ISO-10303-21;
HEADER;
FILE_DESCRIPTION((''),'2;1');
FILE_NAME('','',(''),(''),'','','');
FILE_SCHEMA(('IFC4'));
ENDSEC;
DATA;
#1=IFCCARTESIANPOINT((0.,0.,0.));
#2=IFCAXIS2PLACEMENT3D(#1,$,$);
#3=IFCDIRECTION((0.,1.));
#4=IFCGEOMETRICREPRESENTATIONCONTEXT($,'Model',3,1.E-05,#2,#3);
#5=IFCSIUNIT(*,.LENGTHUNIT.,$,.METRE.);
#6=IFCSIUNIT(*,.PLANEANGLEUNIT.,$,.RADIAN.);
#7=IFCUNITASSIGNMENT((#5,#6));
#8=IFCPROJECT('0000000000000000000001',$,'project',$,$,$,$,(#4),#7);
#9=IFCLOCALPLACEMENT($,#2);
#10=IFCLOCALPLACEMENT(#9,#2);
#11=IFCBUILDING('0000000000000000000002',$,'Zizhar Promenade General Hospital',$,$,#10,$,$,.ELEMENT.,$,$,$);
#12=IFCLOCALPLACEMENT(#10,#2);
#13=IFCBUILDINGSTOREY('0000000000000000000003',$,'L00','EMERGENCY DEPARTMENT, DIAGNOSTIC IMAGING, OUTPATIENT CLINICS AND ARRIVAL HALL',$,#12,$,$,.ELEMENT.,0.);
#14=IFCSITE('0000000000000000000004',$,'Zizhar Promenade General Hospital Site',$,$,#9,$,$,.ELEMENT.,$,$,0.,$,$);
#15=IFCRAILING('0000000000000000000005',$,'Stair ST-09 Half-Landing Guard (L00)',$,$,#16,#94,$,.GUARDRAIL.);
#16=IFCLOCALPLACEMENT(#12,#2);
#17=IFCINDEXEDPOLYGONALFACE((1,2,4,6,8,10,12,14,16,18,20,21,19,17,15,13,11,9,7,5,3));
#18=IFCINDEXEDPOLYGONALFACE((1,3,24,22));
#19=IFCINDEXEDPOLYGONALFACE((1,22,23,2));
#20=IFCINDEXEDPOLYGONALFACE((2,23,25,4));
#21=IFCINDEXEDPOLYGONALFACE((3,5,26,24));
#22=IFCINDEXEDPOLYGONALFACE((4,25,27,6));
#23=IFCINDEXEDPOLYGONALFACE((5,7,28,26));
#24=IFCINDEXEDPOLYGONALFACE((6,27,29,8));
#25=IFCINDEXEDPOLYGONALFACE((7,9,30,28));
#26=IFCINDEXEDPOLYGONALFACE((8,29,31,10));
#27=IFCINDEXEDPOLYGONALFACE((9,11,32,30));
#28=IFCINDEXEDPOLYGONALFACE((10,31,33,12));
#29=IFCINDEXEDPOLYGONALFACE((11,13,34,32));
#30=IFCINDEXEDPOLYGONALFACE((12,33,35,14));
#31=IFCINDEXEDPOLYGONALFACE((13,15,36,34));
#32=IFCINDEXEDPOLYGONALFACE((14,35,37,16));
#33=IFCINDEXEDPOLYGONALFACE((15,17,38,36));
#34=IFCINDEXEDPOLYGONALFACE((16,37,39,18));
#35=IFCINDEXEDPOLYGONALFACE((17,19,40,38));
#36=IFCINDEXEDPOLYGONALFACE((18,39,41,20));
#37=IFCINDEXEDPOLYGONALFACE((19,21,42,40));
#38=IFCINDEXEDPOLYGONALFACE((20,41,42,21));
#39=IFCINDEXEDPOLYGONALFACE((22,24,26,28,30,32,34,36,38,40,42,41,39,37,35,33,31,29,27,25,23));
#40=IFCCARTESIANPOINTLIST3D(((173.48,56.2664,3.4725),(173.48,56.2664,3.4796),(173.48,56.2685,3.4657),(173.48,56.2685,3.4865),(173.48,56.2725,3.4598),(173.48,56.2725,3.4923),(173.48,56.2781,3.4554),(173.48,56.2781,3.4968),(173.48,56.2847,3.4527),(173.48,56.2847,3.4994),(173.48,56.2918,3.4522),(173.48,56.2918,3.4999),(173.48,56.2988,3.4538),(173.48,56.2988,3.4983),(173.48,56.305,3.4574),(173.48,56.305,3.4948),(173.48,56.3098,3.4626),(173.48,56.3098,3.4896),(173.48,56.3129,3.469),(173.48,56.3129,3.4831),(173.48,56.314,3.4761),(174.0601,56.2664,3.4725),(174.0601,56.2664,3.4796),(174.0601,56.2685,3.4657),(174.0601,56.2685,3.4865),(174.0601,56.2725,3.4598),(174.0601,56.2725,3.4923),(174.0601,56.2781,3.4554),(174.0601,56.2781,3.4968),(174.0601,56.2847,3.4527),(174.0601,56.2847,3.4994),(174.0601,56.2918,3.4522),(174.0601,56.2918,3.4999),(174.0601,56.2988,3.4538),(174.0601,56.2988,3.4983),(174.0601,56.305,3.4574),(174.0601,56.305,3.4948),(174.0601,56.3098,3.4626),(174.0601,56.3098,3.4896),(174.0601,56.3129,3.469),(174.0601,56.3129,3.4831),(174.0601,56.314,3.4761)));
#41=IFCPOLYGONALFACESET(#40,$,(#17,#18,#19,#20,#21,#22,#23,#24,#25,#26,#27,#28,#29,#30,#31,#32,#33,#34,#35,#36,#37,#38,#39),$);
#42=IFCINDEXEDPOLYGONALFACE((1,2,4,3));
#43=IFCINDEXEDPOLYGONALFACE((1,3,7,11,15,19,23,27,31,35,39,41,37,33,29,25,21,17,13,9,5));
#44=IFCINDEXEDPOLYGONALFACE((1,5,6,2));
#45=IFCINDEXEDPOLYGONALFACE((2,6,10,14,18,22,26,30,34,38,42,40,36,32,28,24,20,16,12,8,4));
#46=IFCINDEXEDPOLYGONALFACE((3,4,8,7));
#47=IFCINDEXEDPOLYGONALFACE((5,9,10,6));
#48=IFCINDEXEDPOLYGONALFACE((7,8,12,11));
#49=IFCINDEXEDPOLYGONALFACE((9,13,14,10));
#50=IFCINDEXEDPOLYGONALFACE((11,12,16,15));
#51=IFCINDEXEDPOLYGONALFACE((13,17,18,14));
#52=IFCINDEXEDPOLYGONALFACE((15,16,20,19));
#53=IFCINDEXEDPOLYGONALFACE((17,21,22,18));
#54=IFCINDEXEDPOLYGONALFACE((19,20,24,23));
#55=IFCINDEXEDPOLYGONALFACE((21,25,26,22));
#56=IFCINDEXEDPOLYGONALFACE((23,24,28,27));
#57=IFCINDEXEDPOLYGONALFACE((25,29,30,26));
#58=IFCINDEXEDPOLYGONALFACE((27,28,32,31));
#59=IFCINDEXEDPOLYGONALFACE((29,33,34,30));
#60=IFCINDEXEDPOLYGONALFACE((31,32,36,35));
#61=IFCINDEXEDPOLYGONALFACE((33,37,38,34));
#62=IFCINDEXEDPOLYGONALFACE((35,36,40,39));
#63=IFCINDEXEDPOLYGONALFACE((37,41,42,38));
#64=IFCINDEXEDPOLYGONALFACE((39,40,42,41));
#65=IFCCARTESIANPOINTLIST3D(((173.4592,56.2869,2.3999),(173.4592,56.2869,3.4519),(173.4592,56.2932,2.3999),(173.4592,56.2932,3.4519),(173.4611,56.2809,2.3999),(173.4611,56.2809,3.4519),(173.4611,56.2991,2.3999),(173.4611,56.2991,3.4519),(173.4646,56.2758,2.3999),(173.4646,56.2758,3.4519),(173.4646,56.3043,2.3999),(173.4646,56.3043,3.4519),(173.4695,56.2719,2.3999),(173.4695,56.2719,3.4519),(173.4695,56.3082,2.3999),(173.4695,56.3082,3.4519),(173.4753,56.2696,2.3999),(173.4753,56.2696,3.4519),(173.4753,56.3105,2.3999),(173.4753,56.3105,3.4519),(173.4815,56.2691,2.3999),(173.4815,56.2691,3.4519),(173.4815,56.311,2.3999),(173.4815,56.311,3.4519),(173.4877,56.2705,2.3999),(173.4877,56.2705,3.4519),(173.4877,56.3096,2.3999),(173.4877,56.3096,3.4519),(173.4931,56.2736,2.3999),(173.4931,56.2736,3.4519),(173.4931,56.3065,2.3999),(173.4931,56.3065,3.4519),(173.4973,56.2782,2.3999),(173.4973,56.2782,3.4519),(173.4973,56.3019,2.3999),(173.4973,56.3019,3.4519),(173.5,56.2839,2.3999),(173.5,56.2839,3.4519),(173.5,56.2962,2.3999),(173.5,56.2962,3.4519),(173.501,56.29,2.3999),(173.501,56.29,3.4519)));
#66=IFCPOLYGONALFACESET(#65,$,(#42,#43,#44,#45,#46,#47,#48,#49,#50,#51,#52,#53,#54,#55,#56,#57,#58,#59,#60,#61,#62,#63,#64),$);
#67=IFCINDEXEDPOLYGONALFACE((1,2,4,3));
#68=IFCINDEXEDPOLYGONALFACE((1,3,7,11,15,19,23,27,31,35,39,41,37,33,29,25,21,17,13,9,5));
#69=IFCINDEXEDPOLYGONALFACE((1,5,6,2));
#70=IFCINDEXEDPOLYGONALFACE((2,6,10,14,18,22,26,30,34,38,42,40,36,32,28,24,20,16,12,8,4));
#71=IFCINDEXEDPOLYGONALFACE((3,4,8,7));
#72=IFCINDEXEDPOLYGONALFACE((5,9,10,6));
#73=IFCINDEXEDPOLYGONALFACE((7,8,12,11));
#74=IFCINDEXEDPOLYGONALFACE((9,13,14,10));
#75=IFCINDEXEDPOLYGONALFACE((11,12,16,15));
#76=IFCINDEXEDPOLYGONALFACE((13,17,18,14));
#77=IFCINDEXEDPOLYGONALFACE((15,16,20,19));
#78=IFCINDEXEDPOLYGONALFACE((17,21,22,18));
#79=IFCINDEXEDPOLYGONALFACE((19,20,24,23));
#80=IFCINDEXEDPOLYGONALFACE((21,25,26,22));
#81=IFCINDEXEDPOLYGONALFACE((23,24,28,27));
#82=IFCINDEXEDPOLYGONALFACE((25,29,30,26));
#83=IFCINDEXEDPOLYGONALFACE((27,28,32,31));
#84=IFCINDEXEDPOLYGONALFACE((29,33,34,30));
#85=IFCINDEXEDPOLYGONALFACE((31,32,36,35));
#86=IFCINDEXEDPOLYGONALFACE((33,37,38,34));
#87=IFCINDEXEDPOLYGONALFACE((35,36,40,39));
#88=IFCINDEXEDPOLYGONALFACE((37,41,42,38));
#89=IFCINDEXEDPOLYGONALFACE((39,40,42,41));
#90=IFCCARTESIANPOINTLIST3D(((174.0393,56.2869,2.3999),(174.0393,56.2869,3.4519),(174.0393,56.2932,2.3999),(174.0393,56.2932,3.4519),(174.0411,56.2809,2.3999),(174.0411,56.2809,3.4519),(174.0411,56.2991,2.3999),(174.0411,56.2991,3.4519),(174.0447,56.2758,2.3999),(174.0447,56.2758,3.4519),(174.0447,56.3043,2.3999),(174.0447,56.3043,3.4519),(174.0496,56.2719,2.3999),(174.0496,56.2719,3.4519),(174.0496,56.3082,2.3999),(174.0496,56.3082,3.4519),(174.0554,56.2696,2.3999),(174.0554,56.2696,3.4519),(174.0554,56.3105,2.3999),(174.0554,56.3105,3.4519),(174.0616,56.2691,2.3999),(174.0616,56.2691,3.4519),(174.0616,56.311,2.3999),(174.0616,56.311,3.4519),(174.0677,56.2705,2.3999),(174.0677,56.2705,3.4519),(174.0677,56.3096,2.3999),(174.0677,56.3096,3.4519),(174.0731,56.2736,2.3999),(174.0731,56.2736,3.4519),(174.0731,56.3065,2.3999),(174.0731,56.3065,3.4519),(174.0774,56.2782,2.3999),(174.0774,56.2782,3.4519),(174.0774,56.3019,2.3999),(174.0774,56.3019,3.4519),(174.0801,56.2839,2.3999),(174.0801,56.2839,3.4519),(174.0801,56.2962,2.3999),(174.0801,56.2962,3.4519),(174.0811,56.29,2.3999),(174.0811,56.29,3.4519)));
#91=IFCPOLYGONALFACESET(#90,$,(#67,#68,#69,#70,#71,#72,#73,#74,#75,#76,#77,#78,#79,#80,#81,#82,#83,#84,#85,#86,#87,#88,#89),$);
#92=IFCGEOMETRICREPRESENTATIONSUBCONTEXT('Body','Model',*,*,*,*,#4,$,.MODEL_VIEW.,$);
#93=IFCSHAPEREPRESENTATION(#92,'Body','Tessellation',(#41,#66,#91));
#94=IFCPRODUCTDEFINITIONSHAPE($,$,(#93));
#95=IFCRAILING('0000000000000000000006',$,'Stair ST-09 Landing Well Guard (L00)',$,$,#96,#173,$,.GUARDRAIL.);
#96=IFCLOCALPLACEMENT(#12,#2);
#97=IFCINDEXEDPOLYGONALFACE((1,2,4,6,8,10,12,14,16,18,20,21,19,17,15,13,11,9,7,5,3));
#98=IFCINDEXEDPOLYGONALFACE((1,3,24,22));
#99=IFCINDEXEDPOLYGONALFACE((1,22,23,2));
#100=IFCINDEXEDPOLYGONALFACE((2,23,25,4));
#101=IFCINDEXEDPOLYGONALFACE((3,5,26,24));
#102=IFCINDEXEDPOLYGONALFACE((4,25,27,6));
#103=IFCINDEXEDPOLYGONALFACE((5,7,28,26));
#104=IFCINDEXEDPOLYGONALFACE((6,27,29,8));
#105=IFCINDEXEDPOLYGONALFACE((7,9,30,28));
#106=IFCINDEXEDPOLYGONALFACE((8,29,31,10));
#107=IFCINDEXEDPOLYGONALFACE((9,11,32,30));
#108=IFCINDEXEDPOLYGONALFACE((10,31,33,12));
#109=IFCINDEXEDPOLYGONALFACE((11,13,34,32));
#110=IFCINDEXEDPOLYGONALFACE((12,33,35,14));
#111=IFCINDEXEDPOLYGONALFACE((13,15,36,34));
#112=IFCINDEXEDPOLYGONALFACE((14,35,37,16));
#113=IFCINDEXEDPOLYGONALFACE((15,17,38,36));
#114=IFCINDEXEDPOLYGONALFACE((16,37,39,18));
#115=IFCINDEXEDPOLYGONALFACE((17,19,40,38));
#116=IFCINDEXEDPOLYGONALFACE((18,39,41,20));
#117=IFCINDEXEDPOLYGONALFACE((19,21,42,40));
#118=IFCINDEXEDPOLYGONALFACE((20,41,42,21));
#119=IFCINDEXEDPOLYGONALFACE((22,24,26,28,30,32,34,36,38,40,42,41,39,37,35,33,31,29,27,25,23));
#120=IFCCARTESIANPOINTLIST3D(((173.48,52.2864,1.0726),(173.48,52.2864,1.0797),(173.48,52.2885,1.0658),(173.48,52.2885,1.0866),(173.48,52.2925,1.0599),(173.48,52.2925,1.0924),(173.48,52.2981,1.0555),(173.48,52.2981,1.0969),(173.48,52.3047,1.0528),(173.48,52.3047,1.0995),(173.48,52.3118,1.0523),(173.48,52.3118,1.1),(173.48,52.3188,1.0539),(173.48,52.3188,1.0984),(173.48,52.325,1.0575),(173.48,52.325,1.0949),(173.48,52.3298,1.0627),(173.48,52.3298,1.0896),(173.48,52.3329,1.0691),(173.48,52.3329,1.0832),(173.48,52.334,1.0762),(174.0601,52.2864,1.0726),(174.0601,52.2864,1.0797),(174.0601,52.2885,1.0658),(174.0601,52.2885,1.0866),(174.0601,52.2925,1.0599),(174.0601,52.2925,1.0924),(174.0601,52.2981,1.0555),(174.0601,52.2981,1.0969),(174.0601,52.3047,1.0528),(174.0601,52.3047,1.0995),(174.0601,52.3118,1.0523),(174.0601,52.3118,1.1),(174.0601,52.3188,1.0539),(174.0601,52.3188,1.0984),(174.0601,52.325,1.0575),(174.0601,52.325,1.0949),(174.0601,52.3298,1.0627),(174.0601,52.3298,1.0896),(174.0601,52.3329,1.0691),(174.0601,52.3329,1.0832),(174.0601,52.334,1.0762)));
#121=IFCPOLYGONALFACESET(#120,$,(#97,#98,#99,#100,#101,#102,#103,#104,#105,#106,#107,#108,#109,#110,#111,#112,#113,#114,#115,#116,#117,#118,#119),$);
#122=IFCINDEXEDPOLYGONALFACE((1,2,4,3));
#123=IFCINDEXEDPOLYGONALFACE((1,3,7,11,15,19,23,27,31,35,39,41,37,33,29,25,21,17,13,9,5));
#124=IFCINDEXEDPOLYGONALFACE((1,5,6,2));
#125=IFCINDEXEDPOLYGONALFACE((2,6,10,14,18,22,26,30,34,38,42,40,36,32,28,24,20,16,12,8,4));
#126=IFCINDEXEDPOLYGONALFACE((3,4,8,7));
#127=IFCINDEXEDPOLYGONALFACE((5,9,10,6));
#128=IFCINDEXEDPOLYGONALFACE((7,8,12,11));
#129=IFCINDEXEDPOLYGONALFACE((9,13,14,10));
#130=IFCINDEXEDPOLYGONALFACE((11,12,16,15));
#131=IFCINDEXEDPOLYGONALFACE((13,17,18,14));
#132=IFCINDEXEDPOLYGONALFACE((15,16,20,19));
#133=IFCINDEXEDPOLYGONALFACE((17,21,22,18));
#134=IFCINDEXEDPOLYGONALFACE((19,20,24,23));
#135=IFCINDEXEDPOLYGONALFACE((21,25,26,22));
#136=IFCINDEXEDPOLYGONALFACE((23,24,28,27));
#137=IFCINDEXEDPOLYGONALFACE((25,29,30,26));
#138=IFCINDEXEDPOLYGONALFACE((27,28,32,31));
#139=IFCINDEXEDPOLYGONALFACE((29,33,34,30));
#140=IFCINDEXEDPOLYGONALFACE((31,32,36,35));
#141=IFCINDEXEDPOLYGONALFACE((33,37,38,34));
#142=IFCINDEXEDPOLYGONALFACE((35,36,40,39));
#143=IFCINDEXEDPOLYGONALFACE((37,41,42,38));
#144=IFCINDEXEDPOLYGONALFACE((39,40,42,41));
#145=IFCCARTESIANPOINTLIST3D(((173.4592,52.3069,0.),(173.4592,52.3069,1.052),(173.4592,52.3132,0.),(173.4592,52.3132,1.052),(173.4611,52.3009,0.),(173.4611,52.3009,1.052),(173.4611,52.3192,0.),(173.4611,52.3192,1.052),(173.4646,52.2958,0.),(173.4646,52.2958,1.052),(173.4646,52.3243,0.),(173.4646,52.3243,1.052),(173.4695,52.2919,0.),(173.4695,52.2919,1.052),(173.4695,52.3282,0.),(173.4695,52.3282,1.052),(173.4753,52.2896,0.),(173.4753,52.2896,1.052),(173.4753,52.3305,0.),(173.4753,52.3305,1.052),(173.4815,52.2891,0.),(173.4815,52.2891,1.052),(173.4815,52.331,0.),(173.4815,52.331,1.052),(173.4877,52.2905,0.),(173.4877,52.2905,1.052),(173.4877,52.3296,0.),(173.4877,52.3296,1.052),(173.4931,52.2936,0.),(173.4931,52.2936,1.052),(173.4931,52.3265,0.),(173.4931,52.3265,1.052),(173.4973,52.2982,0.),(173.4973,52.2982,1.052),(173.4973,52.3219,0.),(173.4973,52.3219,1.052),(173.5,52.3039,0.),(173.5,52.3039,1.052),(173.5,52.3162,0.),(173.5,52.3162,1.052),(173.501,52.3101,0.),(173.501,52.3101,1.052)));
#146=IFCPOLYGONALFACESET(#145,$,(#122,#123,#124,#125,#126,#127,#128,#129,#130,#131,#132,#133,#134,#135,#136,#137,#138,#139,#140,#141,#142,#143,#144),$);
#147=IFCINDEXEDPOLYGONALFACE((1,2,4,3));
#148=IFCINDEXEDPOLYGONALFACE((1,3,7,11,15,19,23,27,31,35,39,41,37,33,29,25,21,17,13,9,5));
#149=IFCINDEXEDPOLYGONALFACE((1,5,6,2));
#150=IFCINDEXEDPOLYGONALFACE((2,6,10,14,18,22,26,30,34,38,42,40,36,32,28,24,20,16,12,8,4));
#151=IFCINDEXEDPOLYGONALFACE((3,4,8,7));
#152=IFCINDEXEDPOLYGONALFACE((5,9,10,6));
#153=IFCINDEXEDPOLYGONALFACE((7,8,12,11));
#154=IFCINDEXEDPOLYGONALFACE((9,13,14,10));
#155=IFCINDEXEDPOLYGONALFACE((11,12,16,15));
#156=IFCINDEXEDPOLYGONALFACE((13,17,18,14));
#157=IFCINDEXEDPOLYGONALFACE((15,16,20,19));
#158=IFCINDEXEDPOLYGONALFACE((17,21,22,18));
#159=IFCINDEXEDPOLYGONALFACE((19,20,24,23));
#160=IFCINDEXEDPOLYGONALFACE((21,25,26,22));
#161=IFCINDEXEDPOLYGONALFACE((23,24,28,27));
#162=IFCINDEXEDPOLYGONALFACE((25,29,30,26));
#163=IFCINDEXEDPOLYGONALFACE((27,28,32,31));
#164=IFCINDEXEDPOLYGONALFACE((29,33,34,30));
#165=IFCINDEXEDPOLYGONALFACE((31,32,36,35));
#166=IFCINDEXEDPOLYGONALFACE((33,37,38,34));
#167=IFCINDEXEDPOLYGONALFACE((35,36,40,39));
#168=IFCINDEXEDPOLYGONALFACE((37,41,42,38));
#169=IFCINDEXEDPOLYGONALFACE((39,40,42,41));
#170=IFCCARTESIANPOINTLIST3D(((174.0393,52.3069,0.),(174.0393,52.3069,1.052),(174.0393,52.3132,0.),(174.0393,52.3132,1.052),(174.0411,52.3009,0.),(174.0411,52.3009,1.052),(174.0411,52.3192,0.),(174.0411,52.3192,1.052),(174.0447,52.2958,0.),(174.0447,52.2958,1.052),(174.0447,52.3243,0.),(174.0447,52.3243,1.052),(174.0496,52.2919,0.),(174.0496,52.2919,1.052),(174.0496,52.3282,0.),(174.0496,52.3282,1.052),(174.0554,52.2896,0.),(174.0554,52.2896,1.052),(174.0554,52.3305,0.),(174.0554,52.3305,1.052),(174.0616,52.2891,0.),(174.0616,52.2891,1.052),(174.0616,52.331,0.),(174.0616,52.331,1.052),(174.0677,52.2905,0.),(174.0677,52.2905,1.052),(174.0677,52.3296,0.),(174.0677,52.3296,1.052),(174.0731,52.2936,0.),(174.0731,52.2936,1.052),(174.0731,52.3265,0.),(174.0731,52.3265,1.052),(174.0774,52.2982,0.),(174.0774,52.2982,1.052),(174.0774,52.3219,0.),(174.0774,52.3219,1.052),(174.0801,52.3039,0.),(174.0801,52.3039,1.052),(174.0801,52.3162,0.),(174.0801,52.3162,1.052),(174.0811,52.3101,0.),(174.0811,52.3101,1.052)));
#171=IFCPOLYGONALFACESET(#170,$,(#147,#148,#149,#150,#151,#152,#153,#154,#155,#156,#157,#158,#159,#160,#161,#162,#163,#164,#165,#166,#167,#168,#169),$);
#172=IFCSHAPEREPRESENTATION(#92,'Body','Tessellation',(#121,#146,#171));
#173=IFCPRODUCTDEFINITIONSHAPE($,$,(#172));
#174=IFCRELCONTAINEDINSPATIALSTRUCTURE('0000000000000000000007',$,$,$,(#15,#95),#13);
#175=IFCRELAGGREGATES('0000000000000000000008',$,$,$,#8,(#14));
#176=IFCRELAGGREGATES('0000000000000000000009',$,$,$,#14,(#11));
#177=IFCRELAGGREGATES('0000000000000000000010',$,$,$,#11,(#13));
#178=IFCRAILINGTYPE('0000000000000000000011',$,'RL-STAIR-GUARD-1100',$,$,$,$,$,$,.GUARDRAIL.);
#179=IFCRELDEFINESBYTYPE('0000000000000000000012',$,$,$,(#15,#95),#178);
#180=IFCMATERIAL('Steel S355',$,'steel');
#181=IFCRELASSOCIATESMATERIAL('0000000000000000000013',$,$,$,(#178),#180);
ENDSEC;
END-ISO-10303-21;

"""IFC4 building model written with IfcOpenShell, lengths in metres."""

from ifc_helpers import new_model, si_unit, direction, frame, origin, origin_2d, place, context, subcontext, project, spatial, circle, hollow_circle, extrude, material, material_profile, profile_set, type_object, element, save


model = new_model("IFC4")

# Units and contexts
model_context = context("Model", 3, precision=1e-05, world=origin(), true_north=direction((0.0, 1.0)))
body_context = subcontext(model_context, "Body", "Model", "MODEL_VIEW")
ifc_project = project(units=[si_unit("LENGTHUNIT", "METRE"), si_unit("PLANEANGLEUNIT", "RADIAN")], contexts=[model_context])

# Site, building, storey
site_placement = place(None, origin())
site = spatial("IfcSite", under=ifc_project, at=site_placement, Name="Zizhar Promenade General Hospital Site", CompositionType="ELEMENT", RefElevation=0.0)
building_placement = place(site_placement, origin())
building = spatial("IfcBuilding", under=site, at=building_placement, Name="Zizhar Promenade General Hospital", CompositionType="ELEMENT")
storey_placement = place(building_placement, origin())
storey = spatial("IfcBuildingStorey", under=building, at=storey_placement, Name="L00", Description="EMERGENCY DEPARTMENT, DIAGNOSTIC IMAGING, OUTPATIENT CLINICS AND ARRIVAL HALL", CompositionType="ELEMENT", Elevation=0.0)

# Railings
ifc_material_1 = material(Name="Steel S355", Category="steel")
ifc_material_profile_1 = material_profile(ifc_material_1, hollow_circle(Radius=0.0698, WallThickness=0.0063, at=origin_2d()))
ifc_profile_set_1 = profile_set([ifc_material_profile_1], Name="Steel S355")
railing_type_1 = type_object("IfcRailingType", Name="RL-STAIR-GUARD-1100", PredefinedType="GUARDRAIL", material=ifc_profile_set_1)
for number, where, name in (
    (1, (173.48, 56.29, 2.3999), "Stair ST-09 Half-Landing Guard (L00)"),
    (2, (173.48, 52.3101, 0.0), "Stair ST-09 Landing Well Guard (L00)"),
):
    element("IfcRailing", number, at=place(storey_placement, frame(where)), inside=storey, type_object=railing_type_1, Name=name, PredefinedType="GUARDRAIL", context=body_context, shape_type="SweptSolid", body=[
        extrude(circle(Radius=0.0239, at=origin_2d()), frame((0.0, 0.0, 1.0762), z_axis=(1.0, 0.0, 0.0), x_axis=(0.0, 1.0, 0.0)), (0.0, 0.0, 1.0), 0.5801),
        extrude(circle(Radius=0.021, at=origin_2d()), origin(), (0.0, 0.0, 1.0), 1.052),
        extrude(circle(Radius=0.021, at=origin_2d()), frame((0.5801, 0.0, 0.0)), (0.0, 0.0, 1.0), 1.052),
    ])

save(model, "model.ifc")
